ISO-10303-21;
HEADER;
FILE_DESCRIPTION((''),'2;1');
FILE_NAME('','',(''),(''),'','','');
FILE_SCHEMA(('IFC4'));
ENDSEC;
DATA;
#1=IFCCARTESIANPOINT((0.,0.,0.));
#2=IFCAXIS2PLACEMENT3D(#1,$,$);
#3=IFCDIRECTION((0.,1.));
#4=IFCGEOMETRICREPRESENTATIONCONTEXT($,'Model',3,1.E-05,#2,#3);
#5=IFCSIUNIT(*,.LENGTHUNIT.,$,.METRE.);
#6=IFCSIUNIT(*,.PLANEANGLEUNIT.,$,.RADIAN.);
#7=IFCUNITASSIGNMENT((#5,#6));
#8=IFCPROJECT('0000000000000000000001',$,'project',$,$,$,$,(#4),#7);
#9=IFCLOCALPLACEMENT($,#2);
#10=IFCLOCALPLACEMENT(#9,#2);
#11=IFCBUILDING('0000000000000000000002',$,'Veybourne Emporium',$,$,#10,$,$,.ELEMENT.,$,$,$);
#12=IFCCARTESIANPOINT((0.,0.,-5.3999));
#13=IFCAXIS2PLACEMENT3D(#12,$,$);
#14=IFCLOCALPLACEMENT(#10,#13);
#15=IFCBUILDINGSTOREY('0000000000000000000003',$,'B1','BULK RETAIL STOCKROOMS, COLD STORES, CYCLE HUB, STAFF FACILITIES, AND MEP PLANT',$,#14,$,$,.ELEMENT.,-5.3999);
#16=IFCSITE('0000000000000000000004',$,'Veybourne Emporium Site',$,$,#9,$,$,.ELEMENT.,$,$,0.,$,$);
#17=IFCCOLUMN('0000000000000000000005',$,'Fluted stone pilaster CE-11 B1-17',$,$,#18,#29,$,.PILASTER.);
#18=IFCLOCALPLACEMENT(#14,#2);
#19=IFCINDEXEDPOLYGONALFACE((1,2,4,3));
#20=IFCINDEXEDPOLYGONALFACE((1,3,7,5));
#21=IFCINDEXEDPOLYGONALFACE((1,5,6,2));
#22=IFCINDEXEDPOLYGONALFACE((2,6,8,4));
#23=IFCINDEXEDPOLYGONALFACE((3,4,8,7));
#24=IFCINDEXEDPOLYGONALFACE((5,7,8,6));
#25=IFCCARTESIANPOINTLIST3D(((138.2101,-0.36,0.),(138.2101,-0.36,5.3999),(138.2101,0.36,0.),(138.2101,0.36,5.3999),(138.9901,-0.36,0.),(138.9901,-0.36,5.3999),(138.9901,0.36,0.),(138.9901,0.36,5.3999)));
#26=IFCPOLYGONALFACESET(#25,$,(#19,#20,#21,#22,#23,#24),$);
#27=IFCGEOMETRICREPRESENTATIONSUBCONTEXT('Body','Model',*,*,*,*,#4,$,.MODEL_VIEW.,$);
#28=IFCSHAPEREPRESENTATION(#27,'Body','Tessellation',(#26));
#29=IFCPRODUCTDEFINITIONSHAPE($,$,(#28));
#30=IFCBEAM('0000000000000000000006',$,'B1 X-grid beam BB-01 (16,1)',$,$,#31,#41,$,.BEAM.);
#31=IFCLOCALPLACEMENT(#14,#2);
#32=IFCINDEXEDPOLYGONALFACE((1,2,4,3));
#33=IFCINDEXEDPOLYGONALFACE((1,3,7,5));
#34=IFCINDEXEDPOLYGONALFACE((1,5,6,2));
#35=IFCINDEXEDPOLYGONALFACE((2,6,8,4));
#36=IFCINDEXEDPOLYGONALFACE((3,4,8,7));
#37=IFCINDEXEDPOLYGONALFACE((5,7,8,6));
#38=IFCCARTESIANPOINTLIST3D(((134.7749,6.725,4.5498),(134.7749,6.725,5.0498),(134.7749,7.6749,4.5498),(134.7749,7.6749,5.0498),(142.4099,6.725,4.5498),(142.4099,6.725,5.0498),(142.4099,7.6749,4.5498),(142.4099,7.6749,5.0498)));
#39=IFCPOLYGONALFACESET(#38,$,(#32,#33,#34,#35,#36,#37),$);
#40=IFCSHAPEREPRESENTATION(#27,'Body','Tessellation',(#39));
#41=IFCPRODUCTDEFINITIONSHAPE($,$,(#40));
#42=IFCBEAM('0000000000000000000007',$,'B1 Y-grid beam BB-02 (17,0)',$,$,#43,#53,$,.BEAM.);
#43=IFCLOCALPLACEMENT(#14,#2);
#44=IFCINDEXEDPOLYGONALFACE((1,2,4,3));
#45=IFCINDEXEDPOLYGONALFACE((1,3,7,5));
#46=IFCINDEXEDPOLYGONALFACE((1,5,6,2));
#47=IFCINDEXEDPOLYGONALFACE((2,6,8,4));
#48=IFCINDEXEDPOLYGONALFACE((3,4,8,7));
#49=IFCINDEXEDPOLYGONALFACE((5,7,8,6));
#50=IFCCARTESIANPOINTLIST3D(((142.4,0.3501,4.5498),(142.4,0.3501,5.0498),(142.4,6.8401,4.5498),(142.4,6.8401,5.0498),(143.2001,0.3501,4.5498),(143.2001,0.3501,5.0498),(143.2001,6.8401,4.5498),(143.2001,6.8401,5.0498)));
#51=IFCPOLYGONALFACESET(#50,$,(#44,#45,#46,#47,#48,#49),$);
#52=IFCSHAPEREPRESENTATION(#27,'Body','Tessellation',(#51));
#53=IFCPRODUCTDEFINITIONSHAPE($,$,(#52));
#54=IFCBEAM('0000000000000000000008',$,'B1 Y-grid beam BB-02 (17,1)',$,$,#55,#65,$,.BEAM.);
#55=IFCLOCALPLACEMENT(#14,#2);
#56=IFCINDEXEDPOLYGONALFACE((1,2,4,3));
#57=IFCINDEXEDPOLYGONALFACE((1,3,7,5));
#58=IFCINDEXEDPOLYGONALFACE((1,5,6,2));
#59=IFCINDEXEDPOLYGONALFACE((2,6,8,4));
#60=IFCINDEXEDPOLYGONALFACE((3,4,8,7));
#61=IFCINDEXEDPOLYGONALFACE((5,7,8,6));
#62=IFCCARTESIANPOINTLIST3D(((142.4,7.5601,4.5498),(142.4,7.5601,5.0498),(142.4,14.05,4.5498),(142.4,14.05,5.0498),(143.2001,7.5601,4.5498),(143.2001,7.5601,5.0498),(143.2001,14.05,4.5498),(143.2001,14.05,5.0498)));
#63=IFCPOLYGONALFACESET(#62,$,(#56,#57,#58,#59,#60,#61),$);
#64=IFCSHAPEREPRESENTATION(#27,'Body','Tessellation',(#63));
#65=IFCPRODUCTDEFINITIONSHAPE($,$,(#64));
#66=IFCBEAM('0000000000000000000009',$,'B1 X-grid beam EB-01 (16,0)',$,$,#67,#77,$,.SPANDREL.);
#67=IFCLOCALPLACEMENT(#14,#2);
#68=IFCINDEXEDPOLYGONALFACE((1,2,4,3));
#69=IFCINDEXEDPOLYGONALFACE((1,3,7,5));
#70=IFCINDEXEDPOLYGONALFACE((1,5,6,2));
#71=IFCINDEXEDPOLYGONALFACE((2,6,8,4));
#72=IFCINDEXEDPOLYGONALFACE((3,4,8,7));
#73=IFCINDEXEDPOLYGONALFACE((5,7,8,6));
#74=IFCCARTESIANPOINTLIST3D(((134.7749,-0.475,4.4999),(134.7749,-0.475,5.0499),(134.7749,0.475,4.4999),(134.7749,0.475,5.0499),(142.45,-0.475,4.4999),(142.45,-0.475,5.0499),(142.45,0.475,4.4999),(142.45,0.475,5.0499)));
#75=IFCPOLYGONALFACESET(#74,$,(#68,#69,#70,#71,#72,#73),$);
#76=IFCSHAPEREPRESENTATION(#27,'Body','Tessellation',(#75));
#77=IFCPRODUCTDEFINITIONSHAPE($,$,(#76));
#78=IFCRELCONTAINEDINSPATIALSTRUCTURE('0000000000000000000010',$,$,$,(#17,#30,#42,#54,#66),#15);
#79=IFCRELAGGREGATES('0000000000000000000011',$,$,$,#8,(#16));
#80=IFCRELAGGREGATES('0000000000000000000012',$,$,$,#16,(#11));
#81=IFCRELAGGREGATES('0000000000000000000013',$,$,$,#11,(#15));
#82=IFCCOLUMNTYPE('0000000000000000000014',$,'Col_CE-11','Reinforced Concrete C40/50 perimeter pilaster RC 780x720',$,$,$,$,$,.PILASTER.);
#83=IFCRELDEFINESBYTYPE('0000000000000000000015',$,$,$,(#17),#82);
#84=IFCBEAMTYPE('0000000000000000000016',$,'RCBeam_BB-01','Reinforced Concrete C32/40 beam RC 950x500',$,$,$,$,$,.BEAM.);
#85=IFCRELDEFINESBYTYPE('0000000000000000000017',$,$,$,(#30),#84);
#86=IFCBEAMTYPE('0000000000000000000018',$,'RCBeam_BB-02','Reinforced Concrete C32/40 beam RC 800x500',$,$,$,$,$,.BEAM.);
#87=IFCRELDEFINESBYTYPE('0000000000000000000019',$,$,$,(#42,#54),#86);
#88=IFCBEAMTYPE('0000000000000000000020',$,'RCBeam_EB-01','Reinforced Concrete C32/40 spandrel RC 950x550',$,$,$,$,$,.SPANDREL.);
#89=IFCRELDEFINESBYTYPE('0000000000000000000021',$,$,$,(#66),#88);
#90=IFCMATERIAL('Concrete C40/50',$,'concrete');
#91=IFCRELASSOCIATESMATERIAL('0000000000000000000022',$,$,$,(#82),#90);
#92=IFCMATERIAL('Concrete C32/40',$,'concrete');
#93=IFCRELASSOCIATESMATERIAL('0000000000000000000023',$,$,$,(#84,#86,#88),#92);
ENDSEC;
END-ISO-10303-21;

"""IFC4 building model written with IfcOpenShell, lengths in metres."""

from ifc_helpers import new_model, si_unit, direction, frame, origin, origin_2d, place, context, subcontext, project, spatial, rectangle, extrude, material, material_profile, profile_set, type_object, element, save


model = new_model("IFC4")

# Units and contexts
model_context = context("Model", 3, precision=1e-05, world=origin(), true_north=direction((0.0, 1.0)))
body_context = subcontext(model_context, "Body", "Model", "MODEL_VIEW")
ifc_project = project(units=[si_unit("LENGTHUNIT", "METRE"), si_unit("PLANEANGLEUNIT", "RADIAN")], contexts=[model_context])

# Site, building, storey
site_placement = place(None, origin())
site = spatial("IfcSite", under=ifc_project, at=site_placement, Name="Veybourne Emporium Site", CompositionType="ELEMENT", RefElevation=0.0)
building_placement = place(site_placement, origin())
building = spatial("IfcBuilding", under=site, at=building_placement, Name="Veybourne Emporium", CompositionType="ELEMENT")
storey_placement = place(building_placement, frame((0.0, 0.0, -5.3999)))
storey = spatial("IfcBuildingStorey", under=building, at=storey_placement, Name="B1", Description="BULK RETAIL STOCKROOMS, COLD STORES, CYCLE HUB, STAFF FACILITIES, AND MEP PLANT", CompositionType="ELEMENT", Elevation=-5.3999)

# Column
ifc_material_1 = material(Name="Concrete C40/50", Category="concrete")
ifc_material_profile_1 = material_profile(ifc_material_1, rectangle(XDim=0.78, YDim=0.72, at=origin_2d()), Name="RC 780x720")
ifc_profile_set_1 = profile_set([ifc_material_profile_1], Name="Concrete C40/50")
column_type_1 = type_object("IfcColumnType", Name="Col_CE-11", Description="Reinforced Concrete C40/50 perimeter pilaster RC 780x720", PredefinedType="PILASTER", material=ifc_profile_set_1)
column_1_placement = place(storey_placement, frame((138.6001, 0.0, 0.0), z_axis=(0.0, 0.0, 1.0), x_axis=(1.0, 0.0, 0.0)))
element("IfcColumn", 1, at=column_1_placement, inside=storey, type_object=column_type_1, Name="Fluted stone pilaster CE-11 B1-17", PredefinedType="PILASTER", context=body_context, shape_type="SweptSolid", body=[
    extrude(rectangle(XDim=0.78, YDim=0.72, at=origin_2d()), origin(), (0.0, 0.0, 1.0), 5.3999),
])

# Beams
ifc_material_2 = material(Name="Concrete C32/40", Category="concrete")
ifc_material_profile_2 = material_profile(ifc_material_2, rectangle(XDim=0.95, YDim=0.5, at=origin_2d()), Name="RC 950x500")
ifc_profile_set_2 = profile_set([ifc_material_profile_2], Name="Concrete C32/40")
beam_type_1 = type_object("IfcBeamType", Name="RCBeam_BB-01", Description="Reinforced Concrete C32/40 beam RC 950x500", PredefinedType="BEAM", material=ifc_profile_set_2)
beam_1_placement = place(storey_placement, frame((134.7749, 7.2, 4.7998), z_axis=(1.0, 0.0, 0.0), x_axis=(0.0, 1.0, 0.0)))
element("IfcBeam", 2, at=beam_1_placement, inside=storey, type_object=beam_type_1, Name="B1 X-grid beam BB-01 (16,1)", PredefinedType="BEAM", context=body_context, shape_type="SweptSolid", body=[
    extrude(rectangle(XDim=0.95, YDim=0.5, at=origin_2d()), origin(), (0.0, 0.0, 1.0), 7.635),
])
ifc_material_profile_3 = material_profile(ifc_material_2, rectangle(XDim=0.8, YDim=0.5, at=origin_2d()), Name="RC 800x500")
ifc_profile_set_3 = profile_set([ifc_material_profile_3], Name="Concrete C32/40")
beam_type_2 = type_object("IfcBeamType", Name="RCBeam_BB-02", Description="Reinforced Concrete C32/40 beam RC 800x500", PredefinedType="BEAM", material=ifc_profile_set_3)
for number, where, z_axis, x_axis, name in (
    (3, (142.8, 0.3501, 4.7998), (0.0, 1.0, 0.0), (-1.0, 0.0, 0.0), "B1 Y-grid beam BB-02 (17,0)"),
    (4, (142.8, 7.5601, 4.7998), (0.0, 1.0, 0.0), (-1.0, 0.0, 0.0), "B1 Y-grid beam BB-02 (17,1)"),
):
    element("IfcBeam", number, at=place(storey_placement, frame(where, z_axis=z_axis, x_axis=x_axis)), inside=storey, type_object=beam_type_2, Name=name, PredefinedType="BEAM", context=body_context, shape_type="SweptSolid", body=[
        extrude(rectangle(XDim=0.8, YDim=0.5, at=origin_2d()), origin(), (0.0, 0.0, 1.0), 6.49),
    ])
ifc_material_profile_4 = material_profile(ifc_material_2, rectangle(XDim=0.95, YDim=0.55, at=origin_2d()), Name="RC 950x550")
ifc_profile_set_4 = profile_set([ifc_material_profile_4], Name="Concrete C32/40")
beam_type_3 = type_object("IfcBeamType", Name="RCBeam_EB-01", Description="Reinforced Concrete C32/40 spandrel RC 950x550", PredefinedType="SPANDREL", material=ifc_profile_set_4)
beam_2_placement = place(storey_placement, frame((134.7749, 0.0, 4.7749), z_axis=(1.0, 0.0, 0.0), x_axis=(0.0, 1.0, 0.0)))
element("IfcBeam", 5, at=beam_2_placement, inside=storey, type_object=beam_type_3, Name="B1 X-grid beam EB-01 (16,0)", PredefinedType="SPANDREL", context=body_context, shape_type="SweptSolid", body=[
    extrude(rectangle(XDim=0.95, YDim=0.55, at=origin_2d()), origin(), (0.0, 0.0, 1.0), 7.675),
])

save(model, "model.ifc")
